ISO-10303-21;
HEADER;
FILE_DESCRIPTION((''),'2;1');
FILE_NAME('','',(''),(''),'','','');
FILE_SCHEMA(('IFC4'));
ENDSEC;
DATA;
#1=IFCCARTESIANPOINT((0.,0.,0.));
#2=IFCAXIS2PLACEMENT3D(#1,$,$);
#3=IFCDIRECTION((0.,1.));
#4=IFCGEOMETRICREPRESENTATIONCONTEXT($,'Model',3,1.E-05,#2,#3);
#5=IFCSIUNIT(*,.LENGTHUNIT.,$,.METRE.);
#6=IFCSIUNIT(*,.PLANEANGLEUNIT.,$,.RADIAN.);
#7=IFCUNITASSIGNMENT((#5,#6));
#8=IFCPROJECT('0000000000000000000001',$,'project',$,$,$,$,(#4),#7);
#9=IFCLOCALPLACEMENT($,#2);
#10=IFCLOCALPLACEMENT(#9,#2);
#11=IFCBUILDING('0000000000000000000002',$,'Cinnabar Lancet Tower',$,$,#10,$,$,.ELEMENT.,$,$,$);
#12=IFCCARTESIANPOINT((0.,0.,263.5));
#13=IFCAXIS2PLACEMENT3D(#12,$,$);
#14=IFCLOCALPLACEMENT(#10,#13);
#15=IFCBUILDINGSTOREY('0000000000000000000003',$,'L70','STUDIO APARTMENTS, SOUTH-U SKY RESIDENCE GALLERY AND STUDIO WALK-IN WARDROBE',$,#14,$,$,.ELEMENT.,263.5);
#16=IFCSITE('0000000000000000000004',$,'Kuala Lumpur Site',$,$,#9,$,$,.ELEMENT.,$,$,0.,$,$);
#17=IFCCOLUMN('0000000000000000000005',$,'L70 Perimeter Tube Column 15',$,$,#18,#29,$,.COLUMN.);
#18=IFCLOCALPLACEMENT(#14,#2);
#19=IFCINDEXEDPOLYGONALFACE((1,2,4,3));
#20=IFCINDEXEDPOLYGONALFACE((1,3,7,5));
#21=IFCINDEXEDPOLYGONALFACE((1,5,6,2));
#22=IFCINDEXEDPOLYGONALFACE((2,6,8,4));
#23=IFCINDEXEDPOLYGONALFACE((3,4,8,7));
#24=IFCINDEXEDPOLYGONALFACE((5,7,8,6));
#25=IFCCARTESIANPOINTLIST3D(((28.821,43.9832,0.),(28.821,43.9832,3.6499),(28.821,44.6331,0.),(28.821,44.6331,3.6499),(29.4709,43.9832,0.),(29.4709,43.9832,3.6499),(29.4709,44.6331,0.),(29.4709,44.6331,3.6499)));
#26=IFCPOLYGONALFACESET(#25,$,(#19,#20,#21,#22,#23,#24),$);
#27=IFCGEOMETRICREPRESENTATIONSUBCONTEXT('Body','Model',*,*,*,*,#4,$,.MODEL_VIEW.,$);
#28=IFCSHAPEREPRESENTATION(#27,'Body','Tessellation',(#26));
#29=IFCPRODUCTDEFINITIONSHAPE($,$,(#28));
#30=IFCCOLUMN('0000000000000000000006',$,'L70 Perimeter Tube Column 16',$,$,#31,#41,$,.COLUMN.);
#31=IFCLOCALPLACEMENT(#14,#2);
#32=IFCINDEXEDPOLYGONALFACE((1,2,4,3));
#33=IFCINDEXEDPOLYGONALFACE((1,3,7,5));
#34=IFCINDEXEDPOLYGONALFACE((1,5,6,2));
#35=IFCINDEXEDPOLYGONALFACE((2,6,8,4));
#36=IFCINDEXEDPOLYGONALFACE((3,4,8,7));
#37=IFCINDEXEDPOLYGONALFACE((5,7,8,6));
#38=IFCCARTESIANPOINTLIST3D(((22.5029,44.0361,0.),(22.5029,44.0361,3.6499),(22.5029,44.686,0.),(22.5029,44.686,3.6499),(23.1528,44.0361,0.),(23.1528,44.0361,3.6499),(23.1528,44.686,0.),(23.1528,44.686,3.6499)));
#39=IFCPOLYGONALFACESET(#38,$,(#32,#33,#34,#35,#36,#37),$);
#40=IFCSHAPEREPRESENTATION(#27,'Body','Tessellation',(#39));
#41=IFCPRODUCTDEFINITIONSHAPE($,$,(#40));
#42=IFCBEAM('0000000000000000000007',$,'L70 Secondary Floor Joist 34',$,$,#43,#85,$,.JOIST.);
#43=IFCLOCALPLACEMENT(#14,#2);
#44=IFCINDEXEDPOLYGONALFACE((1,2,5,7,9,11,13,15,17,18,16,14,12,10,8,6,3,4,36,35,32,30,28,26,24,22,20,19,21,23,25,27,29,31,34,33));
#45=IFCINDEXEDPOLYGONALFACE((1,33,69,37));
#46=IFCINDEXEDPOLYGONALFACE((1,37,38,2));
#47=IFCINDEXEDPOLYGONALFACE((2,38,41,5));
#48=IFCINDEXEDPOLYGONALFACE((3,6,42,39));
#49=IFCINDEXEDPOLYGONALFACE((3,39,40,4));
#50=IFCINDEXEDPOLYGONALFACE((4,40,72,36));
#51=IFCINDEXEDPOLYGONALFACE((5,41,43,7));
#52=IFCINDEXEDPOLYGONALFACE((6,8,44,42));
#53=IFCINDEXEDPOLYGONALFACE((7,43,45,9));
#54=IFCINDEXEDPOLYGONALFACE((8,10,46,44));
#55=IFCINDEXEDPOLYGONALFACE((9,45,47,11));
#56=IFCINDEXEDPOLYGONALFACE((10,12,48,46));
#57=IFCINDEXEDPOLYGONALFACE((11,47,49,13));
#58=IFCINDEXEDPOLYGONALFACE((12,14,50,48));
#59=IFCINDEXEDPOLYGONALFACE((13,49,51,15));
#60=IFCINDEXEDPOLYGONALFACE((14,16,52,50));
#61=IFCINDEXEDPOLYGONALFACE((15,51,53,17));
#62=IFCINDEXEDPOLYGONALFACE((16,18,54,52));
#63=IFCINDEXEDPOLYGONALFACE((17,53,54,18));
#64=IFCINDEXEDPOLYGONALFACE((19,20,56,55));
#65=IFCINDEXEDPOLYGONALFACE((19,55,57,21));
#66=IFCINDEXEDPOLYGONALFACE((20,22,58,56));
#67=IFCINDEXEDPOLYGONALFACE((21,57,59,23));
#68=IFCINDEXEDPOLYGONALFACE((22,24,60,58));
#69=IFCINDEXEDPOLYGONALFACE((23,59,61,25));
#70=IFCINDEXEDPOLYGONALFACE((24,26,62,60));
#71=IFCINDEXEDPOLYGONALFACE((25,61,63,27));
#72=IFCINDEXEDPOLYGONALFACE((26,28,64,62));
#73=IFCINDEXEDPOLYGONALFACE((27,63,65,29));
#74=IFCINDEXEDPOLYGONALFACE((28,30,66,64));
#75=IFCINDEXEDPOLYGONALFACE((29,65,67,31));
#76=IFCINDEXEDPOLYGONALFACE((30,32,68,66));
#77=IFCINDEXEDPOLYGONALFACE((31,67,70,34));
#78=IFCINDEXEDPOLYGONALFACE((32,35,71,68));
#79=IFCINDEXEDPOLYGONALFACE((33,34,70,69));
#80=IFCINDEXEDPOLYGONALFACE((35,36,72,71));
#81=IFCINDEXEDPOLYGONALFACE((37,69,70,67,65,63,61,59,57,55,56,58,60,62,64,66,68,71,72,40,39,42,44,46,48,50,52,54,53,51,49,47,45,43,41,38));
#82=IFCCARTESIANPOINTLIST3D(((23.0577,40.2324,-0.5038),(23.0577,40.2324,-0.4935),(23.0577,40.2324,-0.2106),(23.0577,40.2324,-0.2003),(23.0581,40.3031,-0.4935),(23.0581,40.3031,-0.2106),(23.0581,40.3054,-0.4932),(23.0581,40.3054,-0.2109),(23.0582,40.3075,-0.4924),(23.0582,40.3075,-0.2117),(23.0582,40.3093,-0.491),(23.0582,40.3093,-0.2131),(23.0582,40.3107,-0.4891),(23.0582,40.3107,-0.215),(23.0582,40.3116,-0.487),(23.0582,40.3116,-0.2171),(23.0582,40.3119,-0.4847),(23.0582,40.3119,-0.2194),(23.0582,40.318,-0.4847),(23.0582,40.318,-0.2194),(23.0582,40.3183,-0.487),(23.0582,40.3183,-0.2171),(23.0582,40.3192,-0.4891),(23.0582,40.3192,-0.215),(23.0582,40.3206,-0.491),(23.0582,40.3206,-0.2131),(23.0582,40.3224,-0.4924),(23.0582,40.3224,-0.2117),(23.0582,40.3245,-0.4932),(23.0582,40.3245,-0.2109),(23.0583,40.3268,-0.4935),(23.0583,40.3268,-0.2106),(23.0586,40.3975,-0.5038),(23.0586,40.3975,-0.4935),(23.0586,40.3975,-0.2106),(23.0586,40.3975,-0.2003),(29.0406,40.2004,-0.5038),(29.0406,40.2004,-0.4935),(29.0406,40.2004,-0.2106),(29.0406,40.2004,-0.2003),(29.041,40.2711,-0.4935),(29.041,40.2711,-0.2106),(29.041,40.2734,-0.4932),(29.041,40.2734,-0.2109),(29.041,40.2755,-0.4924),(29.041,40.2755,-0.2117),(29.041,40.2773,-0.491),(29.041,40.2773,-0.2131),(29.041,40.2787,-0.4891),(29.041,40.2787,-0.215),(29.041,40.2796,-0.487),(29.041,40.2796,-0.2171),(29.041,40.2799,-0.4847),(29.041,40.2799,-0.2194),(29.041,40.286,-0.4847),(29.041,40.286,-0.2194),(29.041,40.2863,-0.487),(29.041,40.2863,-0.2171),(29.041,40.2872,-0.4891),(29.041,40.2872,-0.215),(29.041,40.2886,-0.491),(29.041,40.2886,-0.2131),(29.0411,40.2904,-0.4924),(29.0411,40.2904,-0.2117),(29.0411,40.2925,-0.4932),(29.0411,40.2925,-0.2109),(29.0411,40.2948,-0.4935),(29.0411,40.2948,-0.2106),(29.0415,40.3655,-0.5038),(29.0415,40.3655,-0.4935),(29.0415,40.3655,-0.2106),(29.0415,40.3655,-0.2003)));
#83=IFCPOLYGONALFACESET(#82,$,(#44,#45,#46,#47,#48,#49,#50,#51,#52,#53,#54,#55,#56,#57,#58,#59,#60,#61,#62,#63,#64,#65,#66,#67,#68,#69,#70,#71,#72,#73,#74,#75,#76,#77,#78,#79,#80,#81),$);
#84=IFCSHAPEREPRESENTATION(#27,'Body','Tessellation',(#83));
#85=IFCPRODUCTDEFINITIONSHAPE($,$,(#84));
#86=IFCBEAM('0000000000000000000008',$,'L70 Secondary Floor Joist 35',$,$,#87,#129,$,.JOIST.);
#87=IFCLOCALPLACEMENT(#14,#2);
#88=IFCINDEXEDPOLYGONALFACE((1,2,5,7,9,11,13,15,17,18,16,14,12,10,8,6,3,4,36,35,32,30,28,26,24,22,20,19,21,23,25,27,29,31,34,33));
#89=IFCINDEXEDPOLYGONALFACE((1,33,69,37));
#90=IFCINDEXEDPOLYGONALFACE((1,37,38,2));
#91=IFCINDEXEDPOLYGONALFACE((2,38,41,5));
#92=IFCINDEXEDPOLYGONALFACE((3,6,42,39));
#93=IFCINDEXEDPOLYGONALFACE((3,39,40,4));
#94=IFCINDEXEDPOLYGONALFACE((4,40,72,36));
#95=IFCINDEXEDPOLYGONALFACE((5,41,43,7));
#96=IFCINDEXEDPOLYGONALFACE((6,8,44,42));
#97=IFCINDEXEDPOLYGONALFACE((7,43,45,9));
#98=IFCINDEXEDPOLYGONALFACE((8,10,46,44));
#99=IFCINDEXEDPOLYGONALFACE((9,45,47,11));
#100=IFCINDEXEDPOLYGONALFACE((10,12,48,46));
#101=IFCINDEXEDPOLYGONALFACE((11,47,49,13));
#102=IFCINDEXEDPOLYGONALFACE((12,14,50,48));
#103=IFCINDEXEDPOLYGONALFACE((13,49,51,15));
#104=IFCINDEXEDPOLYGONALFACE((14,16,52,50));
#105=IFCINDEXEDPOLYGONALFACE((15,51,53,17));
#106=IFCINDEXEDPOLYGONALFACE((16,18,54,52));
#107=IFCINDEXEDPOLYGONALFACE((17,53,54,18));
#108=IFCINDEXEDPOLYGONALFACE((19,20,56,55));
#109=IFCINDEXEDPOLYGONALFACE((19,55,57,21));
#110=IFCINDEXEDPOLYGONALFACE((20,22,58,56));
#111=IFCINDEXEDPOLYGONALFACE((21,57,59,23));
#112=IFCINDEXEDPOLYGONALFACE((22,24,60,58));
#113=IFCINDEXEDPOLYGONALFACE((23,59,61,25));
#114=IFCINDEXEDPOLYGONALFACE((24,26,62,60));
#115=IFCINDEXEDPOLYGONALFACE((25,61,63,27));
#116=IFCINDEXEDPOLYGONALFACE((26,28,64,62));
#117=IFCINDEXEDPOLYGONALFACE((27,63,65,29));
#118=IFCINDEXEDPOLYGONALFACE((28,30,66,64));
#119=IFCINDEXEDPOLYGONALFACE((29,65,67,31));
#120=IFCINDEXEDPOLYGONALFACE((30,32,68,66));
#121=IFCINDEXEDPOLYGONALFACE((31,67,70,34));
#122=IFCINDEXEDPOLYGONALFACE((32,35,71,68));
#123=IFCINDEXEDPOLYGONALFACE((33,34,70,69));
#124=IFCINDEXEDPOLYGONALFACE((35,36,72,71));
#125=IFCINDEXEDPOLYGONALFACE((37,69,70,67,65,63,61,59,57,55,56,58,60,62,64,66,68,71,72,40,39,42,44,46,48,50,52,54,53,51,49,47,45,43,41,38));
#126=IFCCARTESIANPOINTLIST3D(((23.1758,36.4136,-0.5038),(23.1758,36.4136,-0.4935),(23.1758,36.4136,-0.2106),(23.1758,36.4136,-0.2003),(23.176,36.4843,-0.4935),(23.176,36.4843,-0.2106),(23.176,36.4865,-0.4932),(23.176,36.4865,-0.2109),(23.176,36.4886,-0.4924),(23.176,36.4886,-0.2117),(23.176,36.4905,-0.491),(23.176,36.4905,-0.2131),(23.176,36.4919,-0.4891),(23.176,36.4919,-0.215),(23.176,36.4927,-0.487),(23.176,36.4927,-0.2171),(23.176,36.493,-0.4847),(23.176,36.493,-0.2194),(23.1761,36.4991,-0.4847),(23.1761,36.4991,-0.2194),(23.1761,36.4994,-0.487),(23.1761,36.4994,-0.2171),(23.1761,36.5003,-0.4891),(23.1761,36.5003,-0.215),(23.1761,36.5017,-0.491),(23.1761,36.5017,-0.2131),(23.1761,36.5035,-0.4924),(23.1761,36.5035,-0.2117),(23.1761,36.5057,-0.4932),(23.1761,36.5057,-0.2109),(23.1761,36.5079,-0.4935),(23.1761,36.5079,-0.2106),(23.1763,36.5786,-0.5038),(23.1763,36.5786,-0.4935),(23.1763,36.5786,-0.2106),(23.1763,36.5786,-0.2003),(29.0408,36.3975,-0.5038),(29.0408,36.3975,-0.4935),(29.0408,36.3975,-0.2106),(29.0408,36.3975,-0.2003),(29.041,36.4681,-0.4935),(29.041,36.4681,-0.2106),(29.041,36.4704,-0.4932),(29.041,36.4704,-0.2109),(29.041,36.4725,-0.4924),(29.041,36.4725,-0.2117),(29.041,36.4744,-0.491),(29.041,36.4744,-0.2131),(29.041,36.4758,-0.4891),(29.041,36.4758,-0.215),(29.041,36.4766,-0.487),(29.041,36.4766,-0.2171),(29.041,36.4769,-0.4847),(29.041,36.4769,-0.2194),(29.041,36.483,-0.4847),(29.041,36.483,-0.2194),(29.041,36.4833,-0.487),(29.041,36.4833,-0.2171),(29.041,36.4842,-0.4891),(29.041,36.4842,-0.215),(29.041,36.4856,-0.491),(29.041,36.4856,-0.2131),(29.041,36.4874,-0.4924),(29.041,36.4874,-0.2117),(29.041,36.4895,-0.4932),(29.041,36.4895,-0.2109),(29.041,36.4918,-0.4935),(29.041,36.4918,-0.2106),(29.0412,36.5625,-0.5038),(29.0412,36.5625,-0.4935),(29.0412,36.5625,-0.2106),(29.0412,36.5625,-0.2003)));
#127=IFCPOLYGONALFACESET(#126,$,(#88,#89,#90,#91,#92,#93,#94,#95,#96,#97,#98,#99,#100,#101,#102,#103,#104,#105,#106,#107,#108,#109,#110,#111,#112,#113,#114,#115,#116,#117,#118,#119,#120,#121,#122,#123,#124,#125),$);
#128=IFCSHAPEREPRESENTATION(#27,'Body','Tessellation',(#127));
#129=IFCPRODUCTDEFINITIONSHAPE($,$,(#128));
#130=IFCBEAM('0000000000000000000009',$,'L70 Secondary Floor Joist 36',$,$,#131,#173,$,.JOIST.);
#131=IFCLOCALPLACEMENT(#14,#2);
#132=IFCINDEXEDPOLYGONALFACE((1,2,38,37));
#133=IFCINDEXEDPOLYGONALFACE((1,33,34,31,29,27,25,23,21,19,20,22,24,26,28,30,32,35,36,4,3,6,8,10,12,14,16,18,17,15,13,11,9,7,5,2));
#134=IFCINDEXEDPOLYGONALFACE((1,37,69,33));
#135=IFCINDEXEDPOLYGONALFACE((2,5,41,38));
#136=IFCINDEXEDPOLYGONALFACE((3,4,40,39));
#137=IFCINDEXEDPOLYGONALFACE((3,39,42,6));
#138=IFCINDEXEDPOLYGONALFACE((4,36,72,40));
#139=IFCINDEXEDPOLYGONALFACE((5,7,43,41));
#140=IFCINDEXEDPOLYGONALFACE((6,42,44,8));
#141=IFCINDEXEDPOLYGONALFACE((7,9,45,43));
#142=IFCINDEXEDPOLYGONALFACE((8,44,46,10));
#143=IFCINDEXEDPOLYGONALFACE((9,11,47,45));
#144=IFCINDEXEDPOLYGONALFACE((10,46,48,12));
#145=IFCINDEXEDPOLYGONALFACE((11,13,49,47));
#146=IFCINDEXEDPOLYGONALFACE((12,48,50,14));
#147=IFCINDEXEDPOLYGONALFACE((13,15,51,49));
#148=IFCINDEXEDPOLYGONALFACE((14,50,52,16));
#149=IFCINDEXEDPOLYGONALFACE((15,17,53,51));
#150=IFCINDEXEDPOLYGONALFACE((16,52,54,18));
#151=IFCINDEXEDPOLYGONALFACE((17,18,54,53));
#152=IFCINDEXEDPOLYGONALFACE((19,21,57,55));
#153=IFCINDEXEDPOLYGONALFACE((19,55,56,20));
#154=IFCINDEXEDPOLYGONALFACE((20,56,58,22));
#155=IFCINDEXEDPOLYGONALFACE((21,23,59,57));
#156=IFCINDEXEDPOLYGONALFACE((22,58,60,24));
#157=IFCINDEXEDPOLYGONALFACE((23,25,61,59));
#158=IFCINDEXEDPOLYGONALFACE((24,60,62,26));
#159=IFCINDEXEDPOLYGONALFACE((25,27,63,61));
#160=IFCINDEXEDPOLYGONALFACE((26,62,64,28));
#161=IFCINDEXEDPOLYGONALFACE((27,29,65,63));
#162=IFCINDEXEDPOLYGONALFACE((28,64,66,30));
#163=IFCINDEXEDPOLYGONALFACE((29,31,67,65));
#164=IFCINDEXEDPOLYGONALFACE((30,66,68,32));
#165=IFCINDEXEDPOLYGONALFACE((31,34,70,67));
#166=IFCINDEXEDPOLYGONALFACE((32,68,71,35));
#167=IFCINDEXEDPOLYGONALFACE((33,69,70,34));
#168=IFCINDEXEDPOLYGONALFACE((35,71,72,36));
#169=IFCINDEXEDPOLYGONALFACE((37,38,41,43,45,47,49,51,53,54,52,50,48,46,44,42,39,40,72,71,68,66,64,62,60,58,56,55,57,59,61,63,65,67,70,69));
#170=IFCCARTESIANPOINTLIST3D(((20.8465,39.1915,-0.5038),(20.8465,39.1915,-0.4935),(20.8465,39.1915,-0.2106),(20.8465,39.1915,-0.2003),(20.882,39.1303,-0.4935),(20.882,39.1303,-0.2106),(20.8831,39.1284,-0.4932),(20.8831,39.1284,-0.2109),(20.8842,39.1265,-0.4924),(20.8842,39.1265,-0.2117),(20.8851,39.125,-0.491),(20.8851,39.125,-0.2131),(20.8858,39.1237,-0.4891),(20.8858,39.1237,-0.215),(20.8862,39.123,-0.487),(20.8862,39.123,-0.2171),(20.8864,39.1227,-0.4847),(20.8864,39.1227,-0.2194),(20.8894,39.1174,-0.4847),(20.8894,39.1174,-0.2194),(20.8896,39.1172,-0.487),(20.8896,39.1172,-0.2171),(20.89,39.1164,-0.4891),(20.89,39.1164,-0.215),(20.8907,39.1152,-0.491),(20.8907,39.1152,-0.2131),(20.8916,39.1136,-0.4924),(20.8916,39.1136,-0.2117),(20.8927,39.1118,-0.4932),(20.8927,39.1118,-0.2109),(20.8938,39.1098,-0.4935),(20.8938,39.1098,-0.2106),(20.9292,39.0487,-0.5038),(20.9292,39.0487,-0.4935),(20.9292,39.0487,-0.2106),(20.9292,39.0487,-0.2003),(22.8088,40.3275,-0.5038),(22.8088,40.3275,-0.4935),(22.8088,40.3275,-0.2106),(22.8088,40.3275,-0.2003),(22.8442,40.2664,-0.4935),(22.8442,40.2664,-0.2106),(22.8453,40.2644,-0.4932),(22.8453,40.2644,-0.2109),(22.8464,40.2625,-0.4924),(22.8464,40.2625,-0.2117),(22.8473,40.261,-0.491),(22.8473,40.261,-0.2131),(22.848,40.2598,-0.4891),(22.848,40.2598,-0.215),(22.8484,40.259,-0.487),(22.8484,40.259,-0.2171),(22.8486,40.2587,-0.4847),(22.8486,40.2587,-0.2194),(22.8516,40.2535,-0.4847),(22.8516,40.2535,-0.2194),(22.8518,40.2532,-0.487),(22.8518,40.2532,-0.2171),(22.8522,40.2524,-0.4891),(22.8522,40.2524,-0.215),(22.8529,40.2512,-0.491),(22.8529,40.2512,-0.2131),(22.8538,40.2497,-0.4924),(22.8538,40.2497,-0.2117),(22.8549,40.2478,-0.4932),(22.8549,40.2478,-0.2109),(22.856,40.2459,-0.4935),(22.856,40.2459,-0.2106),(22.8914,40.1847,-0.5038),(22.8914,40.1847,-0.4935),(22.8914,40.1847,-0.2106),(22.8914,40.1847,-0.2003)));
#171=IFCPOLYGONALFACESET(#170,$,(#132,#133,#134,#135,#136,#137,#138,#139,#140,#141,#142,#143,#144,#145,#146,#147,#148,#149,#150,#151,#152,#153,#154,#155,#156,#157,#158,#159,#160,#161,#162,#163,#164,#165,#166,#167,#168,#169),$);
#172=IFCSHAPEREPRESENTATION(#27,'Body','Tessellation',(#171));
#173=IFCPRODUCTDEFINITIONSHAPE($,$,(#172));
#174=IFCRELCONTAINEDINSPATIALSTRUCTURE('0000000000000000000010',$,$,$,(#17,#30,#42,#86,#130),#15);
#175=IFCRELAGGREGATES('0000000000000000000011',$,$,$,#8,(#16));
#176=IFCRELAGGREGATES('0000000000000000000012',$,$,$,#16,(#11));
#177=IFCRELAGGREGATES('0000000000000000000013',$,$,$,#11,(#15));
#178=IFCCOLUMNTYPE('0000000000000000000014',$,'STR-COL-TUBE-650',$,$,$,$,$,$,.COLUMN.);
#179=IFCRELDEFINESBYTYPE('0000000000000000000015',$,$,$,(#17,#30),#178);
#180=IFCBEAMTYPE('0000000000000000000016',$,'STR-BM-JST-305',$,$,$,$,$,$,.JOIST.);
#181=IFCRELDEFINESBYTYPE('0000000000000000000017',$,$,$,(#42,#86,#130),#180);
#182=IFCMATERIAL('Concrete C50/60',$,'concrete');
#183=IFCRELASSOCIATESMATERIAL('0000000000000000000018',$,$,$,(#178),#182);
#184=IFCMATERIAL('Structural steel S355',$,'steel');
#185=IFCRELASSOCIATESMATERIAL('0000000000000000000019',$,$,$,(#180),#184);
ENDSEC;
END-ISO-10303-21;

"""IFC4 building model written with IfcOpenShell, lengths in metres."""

from ifc_helpers import new_model, si_unit, direction, frame, origin, origin_2d, place, context, subcontext, project, spatial, rectangle, i_section, extrude, material, material_profile, profile_set, type_object, element, save


model = new_model("IFC4")

# Units and contexts
model_context = context("Model", 3, precision=1e-05, world=origin(), true_north=direction((0.0, 1.0)))
body_context = subcontext(model_context, "Body", "Model", "MODEL_VIEW")
ifc_project = project(units=[si_unit("LENGTHUNIT", "METRE"), si_unit("PLANEANGLEUNIT", "RADIAN")], contexts=[model_context])

# Site, building, storey
site_placement = place(None, origin())
site = spatial("IfcSite", under=ifc_project, at=site_placement, Name="Kuala Lumpur Site", CompositionType="ELEMENT", RefElevation=0.0)
building_placement = place(site_placement, origin())
building = spatial("IfcBuilding", under=site, at=building_placement, Name="Cinnabar Lancet Tower", CompositionType="ELEMENT")
storey_placement = place(building_placement, frame((0.0, 0.0, 263.5)))
storey = spatial("IfcBuildingStorey", under=building, at=storey_placement, Name="L70", Description="STUDIO APARTMENTS, SOUTH-U SKY RESIDENCE GALLERY AND STUDIO WALK-IN WARDROBE", CompositionType="ELEMENT", Elevation=263.5)

# Columns
ifc_material_1 = material(Name="Concrete C50/60", Category="concrete")
ifc_material_profile_1 = material_profile(ifc_material_1, rectangle(XDim=0.6499, YDim=0.6499, at=origin_2d()), Name="RC-COL 650x650")
ifc_profile_set_1 = profile_set([ifc_material_profile_1], Name="Concrete C50/60")
column_type = type_object("IfcColumnType", Name="STR-COL-TUBE-650", PredefinedType="COLUMN", material=ifc_profile_set_1)
for number, where, z_axis, x_axis, name in (
    (1, (29.146, 44.3081, 0.0), (0.0, 0.0, 1.0), (1.0, 0.0, 0.0), "L70 Perimeter Tube Column 15"),
    (2, (22.8279, 44.3611, 0.0), (0.0, 0.0, 1.0), (1.0, 0.0, 0.0), "L70 Perimeter Tube Column 16"),
):
    element("IfcColumn", number, at=place(storey_placement, frame(where, z_axis=z_axis, x_axis=x_axis)), inside=storey, type_object=column_type, Name=name, PredefinedType="COLUMN", context=body_context, shape_type="SweptSolid", body=[
        extrude(rectangle(XDim=0.6499, YDim=0.6499, at=origin_2d()), origin(), (0.0, 0.0, 1.0), 3.6499),
    ])

# Beams
ifc_material_2 = material(Name="Structural steel S355", Category="steel")
ifc_material_profile_2 = material_profile(ifc_material_2, i_section(OverallWidth=0.165, OverallDepth=0.3035, WebThickness=0.0061, FlangeThickness=0.0103, FilletRadius=0.0088, at=origin_2d()), Name="UKB 305x165x40")
ifc_profile_set_2 = profile_set([ifc_material_profile_2], Name="Structural steel S355")
beam_type_1 = type_object("IfcBeamType", Name="STR-BM-JST-305", PredefinedType="JOIST", material=ifc_profile_set_2)
beam_1_placement = place(storey_placement, frame((29.041, 40.283, -0.3521), z_axis=(-0.999986, 0.005346, 0.0), x_axis=(-0.005346, -0.999986, 0.0)))
element("IfcBeam", 3, at=beam_1_placement, inside=storey, type_object=beam_type_1, Name="L70 Secondary Floor Joist 34", PredefinedType="JOIST", context=body_context, shape_type="SweptSolid", body=[
    extrude(i_section(OverallWidth=0.165, OverallDepth=0.3035, WebThickness=0.0061, FlangeThickness=0.0103, FilletRadius=0.0088, at=origin_2d()), origin(), (0.0, 0.0, 1.0), 5.9829),
])
beam_2_placement = place(storey_placement, frame((29.041, 36.48, -0.3521), z_axis=(-0.999996, 0.002747, 0.0), x_axis=(-0.002747, -0.999996, 0.0)))
element("IfcBeam", 4, at=beam_2_placement, inside=storey, type_object=beam_type_1, Name="L70 Secondary Floor Joist 35", PredefinedType="JOIST", context=body_context, shape_type="SweptSolid", body=[
    extrude(i_section(OverallWidth=0.165, OverallDepth=0.3035, WebThickness=0.0061, FlangeThickness=0.0103, FilletRadius=0.0088, at=origin_2d()), origin(), (0.0, 0.0, 1.0), 5.865),
])
beam_3_placement = place(storey_placement, frame((22.8501, 40.2561, -0.3521), z_axis=(-0.865426, -0.501036, 0.0), x_axis=(0.501036, -0.865426, 0.0)))
element("IfcBeam", 5, at=beam_3_placement, inside=storey, type_object=beam_type_1, Name="L70 Secondary Floor Joist 36", PredefinedType="JOIST", context=body_context, shape_type="SweptSolid", body=[
    extrude(i_section(OverallWidth=0.165, OverallDepth=0.3035, WebThickness=0.0061, FlangeThickness=0.0103, FilletRadius=0.0088, at=origin_2d()), origin(), (0.0, 0.0, 1.0), 2.2673),
])

save(model, "model.ifc")
